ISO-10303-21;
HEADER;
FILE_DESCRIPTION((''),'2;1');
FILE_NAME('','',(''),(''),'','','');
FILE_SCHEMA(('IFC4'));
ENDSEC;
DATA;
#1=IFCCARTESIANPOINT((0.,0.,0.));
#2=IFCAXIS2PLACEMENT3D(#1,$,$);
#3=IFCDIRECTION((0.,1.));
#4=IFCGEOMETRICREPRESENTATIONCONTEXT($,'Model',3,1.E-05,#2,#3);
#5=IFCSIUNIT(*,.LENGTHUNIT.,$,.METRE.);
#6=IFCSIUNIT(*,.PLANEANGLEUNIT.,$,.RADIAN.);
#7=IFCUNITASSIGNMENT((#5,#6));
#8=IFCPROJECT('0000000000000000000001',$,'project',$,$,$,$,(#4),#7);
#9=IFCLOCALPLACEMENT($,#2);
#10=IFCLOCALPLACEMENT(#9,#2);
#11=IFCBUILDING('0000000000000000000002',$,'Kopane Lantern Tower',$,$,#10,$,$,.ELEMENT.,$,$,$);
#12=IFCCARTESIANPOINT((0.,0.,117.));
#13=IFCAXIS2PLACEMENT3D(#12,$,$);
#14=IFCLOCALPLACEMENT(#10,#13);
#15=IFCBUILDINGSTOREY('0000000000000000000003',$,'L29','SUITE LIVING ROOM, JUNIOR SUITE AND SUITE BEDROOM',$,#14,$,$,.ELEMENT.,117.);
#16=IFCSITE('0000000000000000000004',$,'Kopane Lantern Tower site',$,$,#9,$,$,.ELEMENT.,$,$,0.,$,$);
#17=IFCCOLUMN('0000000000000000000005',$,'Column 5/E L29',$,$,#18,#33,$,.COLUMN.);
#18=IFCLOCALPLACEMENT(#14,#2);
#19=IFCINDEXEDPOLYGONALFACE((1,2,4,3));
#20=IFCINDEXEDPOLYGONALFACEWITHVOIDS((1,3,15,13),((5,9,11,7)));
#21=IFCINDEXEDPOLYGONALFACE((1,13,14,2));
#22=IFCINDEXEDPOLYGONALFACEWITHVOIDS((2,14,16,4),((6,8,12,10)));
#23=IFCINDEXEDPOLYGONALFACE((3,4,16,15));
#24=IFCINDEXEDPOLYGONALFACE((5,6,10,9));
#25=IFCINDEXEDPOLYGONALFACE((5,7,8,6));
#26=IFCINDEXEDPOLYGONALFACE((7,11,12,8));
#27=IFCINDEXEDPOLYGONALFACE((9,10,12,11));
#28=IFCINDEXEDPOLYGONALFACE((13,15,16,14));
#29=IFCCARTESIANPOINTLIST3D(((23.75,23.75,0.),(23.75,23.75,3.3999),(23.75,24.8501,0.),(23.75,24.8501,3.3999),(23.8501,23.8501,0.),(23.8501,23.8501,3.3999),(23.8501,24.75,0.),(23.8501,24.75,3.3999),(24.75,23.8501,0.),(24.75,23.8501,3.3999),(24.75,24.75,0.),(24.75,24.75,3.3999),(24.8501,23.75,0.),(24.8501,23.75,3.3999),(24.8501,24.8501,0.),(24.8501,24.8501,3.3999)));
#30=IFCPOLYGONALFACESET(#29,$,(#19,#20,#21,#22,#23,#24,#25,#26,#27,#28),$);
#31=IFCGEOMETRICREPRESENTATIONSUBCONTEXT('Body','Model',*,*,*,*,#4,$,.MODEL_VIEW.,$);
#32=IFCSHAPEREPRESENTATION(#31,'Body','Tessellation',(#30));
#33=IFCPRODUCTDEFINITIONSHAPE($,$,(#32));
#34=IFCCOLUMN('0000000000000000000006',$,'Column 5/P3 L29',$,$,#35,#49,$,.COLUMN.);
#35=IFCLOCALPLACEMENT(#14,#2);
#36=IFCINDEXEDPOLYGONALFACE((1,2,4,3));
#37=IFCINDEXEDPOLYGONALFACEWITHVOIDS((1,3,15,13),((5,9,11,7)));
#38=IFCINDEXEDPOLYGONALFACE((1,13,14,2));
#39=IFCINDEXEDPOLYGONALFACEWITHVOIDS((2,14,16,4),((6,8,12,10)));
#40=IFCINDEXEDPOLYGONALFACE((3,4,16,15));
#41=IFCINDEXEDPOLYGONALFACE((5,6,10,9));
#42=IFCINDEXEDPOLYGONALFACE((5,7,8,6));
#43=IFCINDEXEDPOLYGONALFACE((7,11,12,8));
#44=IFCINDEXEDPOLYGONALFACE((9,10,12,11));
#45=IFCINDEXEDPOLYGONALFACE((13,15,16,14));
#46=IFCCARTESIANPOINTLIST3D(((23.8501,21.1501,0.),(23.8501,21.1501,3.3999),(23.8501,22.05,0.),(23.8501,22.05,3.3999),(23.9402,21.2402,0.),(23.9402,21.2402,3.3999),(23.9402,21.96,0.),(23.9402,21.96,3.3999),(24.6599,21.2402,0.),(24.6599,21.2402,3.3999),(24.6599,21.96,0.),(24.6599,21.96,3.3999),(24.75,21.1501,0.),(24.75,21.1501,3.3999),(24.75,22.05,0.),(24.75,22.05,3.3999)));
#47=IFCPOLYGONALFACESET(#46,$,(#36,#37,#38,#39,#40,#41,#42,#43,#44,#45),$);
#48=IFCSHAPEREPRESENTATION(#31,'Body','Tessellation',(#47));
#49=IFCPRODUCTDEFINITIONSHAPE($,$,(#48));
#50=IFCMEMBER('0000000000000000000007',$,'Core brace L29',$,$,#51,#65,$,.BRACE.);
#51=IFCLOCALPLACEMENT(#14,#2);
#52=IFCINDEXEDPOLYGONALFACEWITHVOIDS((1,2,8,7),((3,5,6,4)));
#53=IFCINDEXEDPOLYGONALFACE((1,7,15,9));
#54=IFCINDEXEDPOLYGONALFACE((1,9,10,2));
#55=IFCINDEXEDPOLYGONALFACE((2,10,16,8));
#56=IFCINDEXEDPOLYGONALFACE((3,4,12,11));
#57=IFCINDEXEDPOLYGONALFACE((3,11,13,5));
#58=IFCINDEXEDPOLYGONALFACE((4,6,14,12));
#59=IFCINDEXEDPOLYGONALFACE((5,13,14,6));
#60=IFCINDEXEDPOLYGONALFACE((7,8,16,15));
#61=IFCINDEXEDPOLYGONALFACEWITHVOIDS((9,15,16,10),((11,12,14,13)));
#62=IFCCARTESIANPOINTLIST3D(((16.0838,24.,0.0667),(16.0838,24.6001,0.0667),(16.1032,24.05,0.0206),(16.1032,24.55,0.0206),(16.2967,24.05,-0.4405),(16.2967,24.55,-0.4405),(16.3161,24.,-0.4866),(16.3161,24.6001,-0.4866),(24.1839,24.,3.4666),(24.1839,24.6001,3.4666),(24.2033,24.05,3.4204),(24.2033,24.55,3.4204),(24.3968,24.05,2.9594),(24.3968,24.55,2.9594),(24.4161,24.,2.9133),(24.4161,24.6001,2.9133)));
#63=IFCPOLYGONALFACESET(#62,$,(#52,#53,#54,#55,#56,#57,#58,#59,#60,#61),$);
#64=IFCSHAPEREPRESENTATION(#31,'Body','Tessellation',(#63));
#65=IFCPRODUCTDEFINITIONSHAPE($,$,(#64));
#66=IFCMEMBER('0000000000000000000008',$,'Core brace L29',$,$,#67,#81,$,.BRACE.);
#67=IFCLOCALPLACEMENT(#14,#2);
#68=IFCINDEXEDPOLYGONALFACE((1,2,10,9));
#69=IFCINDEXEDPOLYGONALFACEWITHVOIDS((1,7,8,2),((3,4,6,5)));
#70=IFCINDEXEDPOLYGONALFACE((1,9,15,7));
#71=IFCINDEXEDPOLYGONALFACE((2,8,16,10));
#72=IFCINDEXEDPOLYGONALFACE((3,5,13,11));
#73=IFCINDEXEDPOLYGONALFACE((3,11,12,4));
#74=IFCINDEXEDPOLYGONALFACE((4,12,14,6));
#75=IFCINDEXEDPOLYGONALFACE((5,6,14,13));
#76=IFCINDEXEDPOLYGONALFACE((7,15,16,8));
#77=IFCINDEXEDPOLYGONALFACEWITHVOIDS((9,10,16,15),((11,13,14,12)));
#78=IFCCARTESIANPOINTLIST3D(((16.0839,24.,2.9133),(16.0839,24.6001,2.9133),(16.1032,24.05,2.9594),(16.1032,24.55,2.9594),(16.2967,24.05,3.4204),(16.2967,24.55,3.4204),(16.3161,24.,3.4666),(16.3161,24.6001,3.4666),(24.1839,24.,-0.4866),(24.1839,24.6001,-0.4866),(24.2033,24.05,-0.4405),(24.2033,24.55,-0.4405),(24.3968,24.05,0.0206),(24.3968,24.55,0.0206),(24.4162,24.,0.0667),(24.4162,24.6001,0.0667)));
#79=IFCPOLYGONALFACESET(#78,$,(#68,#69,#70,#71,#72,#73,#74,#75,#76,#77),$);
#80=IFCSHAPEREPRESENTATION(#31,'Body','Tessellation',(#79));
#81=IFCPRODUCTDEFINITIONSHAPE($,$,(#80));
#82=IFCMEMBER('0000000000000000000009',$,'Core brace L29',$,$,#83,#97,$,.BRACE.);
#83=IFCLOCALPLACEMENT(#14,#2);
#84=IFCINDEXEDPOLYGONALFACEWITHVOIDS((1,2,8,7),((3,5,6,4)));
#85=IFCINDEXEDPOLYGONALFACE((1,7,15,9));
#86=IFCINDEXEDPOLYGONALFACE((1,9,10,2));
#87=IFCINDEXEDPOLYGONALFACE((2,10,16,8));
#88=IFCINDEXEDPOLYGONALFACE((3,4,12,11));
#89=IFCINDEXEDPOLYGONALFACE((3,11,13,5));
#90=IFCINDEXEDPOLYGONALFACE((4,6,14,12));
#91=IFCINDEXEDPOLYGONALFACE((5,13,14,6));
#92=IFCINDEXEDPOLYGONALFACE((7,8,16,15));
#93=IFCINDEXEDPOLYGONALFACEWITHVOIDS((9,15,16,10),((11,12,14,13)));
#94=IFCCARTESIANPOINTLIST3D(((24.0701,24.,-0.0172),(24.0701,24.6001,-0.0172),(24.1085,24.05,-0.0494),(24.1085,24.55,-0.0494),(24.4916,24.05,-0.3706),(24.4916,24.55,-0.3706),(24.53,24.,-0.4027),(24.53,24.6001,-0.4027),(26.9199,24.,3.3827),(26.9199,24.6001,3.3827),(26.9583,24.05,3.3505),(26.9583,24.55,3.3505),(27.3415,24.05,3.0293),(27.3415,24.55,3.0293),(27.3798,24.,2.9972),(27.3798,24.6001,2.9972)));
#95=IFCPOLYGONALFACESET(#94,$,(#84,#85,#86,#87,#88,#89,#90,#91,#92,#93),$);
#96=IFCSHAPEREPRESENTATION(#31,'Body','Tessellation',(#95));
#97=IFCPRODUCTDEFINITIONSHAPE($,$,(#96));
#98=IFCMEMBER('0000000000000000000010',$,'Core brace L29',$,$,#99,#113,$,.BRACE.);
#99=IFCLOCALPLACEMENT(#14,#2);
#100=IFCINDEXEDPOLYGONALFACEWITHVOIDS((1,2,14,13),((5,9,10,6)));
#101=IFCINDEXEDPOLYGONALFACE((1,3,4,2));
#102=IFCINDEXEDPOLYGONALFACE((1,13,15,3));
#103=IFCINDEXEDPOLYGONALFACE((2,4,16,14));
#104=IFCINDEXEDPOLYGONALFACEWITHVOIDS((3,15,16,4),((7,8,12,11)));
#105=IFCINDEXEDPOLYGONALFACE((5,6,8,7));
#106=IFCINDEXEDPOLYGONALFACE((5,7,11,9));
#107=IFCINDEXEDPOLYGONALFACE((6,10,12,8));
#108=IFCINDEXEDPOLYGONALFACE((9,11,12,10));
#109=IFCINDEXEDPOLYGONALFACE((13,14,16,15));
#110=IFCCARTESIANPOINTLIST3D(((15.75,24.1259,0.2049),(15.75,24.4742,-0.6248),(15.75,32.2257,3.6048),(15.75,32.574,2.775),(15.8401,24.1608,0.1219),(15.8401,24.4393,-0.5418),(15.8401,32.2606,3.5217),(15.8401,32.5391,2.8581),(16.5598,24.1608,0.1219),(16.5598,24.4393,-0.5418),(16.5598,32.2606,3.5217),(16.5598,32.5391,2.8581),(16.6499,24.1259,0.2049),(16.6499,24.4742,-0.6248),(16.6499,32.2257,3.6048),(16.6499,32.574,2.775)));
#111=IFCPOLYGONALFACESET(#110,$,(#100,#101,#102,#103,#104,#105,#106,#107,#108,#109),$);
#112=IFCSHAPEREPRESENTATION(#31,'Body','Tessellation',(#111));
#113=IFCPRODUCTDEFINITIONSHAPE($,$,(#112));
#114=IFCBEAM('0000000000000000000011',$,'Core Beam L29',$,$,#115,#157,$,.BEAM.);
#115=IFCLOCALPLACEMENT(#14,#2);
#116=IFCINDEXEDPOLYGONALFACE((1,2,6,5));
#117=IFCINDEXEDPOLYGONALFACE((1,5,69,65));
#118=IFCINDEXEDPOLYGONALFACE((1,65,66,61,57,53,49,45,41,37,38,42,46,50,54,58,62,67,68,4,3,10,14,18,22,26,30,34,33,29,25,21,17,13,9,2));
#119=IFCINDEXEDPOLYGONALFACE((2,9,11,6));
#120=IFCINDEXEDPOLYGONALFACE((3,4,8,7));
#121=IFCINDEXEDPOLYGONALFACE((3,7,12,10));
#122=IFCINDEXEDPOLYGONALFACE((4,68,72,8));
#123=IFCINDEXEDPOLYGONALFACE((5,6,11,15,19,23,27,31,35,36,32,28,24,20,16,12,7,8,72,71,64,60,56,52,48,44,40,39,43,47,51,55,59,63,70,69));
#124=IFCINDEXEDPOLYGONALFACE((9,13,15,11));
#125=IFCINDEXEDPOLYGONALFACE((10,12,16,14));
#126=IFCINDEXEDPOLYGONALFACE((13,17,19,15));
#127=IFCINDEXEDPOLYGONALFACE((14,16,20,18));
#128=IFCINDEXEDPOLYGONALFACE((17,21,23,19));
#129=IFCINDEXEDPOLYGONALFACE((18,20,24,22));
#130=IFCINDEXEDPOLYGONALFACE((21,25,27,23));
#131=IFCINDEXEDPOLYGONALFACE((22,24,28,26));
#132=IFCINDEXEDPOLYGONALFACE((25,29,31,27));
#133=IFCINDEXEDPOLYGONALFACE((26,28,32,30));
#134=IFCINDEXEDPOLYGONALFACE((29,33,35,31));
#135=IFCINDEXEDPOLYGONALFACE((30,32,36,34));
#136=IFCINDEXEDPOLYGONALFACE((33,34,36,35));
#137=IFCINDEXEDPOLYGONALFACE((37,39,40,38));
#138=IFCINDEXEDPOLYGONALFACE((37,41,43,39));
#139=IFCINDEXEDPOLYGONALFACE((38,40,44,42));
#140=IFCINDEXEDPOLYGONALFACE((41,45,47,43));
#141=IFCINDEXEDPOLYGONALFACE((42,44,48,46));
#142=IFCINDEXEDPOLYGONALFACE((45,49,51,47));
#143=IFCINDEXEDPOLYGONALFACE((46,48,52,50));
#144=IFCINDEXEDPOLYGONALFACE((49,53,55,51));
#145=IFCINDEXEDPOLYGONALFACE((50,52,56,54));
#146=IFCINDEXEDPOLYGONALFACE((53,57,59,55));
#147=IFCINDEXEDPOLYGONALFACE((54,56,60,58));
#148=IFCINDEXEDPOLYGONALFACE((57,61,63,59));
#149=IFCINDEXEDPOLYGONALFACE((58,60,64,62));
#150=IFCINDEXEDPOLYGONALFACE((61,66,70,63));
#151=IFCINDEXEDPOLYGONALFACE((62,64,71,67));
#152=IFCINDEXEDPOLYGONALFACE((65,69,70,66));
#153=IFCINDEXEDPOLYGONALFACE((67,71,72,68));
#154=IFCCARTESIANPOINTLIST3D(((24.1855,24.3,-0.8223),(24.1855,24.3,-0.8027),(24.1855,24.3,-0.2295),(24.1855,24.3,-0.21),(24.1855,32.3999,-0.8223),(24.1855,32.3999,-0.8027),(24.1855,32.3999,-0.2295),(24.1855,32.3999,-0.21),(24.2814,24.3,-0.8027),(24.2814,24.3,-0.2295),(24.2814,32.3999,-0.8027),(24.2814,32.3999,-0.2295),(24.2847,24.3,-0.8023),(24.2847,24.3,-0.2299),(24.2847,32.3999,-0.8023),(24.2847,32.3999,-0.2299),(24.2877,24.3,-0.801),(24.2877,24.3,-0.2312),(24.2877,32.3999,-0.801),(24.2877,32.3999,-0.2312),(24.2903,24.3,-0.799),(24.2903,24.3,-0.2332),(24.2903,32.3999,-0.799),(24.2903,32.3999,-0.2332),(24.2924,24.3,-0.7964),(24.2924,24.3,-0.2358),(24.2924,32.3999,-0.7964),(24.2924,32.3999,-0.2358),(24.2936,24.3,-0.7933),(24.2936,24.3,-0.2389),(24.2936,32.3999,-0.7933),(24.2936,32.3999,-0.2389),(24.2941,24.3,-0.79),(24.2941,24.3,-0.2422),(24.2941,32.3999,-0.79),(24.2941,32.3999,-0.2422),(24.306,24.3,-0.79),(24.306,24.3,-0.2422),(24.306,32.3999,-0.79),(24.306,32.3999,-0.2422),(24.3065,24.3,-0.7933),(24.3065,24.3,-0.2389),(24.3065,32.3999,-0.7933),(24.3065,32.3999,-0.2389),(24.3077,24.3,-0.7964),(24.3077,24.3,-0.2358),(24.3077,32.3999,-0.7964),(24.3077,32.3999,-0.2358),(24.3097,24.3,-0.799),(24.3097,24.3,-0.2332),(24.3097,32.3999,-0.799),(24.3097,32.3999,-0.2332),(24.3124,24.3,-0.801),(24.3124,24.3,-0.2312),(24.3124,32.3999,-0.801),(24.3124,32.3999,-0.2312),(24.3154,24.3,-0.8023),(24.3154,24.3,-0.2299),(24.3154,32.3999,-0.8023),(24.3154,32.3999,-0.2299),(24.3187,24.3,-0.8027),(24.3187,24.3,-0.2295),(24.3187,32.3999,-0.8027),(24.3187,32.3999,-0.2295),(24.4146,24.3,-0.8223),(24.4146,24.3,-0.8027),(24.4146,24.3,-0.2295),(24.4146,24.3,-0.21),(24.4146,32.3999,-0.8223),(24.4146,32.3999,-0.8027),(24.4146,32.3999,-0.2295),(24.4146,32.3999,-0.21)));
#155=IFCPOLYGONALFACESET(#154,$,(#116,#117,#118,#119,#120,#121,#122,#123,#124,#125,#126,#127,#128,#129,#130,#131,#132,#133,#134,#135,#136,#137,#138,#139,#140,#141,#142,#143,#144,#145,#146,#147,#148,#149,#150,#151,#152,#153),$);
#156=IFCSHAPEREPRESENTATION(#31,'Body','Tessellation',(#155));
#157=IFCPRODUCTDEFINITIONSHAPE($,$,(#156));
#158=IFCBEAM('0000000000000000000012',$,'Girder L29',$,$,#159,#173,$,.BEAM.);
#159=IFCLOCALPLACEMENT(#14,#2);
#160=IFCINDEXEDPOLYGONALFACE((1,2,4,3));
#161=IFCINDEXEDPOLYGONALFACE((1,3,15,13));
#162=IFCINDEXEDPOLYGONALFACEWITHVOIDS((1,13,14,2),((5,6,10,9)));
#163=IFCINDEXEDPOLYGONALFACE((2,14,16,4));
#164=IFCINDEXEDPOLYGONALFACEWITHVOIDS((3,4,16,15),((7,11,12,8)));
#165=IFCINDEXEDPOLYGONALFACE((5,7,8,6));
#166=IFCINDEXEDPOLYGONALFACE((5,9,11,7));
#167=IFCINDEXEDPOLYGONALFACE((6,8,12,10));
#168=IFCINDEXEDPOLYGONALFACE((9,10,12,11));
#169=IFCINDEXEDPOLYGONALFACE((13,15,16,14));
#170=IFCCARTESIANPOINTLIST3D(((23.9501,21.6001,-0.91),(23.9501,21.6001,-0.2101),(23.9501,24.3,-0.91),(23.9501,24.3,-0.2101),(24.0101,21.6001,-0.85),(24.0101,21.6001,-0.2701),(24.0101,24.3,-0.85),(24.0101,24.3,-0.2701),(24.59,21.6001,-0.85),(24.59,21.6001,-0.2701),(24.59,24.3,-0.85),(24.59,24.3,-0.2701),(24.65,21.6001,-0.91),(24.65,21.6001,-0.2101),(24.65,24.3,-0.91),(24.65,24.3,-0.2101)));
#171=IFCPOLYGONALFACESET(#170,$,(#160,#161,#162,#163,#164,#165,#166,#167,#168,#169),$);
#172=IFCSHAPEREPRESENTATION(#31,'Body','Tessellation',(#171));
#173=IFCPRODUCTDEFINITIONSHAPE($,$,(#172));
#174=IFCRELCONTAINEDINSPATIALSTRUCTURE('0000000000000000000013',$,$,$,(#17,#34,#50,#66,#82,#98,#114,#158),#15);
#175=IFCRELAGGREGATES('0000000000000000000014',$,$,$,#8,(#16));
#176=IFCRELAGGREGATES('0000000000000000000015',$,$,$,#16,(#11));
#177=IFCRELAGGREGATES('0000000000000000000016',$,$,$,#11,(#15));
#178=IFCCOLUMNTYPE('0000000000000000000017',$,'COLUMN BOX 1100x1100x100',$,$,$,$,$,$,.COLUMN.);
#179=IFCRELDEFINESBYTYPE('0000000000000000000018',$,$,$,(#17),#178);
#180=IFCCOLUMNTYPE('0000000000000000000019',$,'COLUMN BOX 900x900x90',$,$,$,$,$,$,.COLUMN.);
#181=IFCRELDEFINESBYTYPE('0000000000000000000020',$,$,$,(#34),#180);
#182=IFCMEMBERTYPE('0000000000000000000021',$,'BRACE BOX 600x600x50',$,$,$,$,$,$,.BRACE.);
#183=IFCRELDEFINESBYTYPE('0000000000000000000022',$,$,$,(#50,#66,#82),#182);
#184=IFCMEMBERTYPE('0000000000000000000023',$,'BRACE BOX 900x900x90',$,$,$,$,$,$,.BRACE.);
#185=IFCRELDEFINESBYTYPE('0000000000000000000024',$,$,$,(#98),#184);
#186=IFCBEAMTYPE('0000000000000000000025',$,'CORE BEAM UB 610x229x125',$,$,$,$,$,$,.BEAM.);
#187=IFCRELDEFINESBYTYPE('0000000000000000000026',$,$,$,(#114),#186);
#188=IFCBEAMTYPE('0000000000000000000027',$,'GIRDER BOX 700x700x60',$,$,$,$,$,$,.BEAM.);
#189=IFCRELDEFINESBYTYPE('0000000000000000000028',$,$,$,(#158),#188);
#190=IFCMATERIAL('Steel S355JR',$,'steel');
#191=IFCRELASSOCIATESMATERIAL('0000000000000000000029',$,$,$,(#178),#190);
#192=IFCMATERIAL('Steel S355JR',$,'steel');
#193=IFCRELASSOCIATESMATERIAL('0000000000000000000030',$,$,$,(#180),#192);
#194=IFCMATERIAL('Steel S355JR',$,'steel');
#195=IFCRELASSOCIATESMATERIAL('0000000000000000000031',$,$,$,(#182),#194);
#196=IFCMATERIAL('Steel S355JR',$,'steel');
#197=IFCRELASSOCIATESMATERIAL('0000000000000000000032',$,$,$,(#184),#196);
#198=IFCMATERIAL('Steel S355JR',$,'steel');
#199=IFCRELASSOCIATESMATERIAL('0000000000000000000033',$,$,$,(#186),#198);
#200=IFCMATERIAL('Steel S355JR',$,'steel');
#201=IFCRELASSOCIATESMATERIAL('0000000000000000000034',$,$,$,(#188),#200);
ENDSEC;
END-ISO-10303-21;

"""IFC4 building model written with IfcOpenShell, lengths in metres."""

from ifc_helpers import new_model, si_unit, direction, frame, origin, origin_2d, place, context, subcontext, project, spatial, hollow_rectangle, i_section, extrude, material, material_profile, profile_set, type_object, element, save


model = new_model("IFC4")

# Units and contexts
model_context = context("Model", 3, precision=1e-05, world=origin(), true_north=direction((0.0, 1.0)))
body_context = subcontext(model_context, "Body", "Model", "MODEL_VIEW")
ifc_project = project(units=[si_unit("LENGTHUNIT", "METRE"), si_unit("PLANEANGLEUNIT", "RADIAN")], contexts=[model_context])

# Site, building, storey
site_placement = place(None, origin())
site = spatial("IfcSite", under=ifc_project, at=site_placement, Name="Kopane Lantern Tower site", CompositionType="ELEMENT", RefElevation=0.0)
building_placement = place(site_placement, origin())
building = spatial("IfcBuilding", under=site, at=building_placement, Name="Kopane Lantern Tower", CompositionType="ELEMENT")
storey_placement = place(building_placement, frame((0.0, 0.0, 117.0)))
storey = spatial("IfcBuildingStorey", under=building, at=storey_placement, Name="L29", Description="SUITE LIVING ROOM, JUNIOR SUITE AND SUITE BEDROOM", CompositionType="ELEMENT", Elevation=117.0)

# Columns
ifc_material_1 = material(Name="Steel S355JR", Category="steel")
ifc_material_profile_1 = material_profile(ifc_material_1, hollow_rectangle(XDim=1.1001, YDim=1.1001, WallThickness=0.1001, at=origin_2d()), Name="BOX 1100x1100x100")
ifc_profile_set_1 = profile_set([ifc_material_profile_1], Name="Steel S355JR")
column_type_1 = type_object("IfcColumnType", Name="COLUMN BOX 1100x1100x100", PredefinedType="COLUMN", material=ifc_profile_set_1)
column_1_placement = place(storey_placement, frame((24.3, 24.3, 0.0), z_axis=(0.0, 0.0, 1.0), x_axis=(1.0, 0.0, 0.0)))
element("IfcColumn", 1, at=column_1_placement, inside=storey, type_object=column_type_1, Name="Column 5/E L29", PredefinedType="COLUMN", context=body_context, shape_type="SweptSolid", body=[
    extrude(hollow_rectangle(XDim=1.1001, YDim=1.1001, WallThickness=0.1001, at=origin_2d()), origin(), (0.0, 0.0, 1.0), 3.3999),
])
ifc_material_2 = material(Name="Steel S355JR", Category="steel")
ifc_material_profile_2 = material_profile(ifc_material_2, hollow_rectangle(XDim=0.8999, YDim=0.8999, WallThickness=0.0901, at=origin_2d()), Name="BOX 900x900x90")
ifc_profile_set_2 = profile_set([ifc_material_profile_2], Name="Steel S355JR")
column_type_2 = type_object("IfcColumnType", Name="COLUMN BOX 900x900x90", PredefinedType="COLUMN", material=ifc_profile_set_2)
column_2_placement = place(storey_placement, frame((24.3, 21.6001, 0.0), z_axis=(0.0, 0.0, 1.0), x_axis=(1.0, 0.0, 0.0)))
element("IfcColumn", 2, at=column_2_placement, inside=storey, type_object=column_type_2, Name="Column 5/P3 L29", PredefinedType="COLUMN", context=body_context, shape_type="SweptSolid", body=[
    extrude(hollow_rectangle(XDim=0.8999, YDim=0.8999, WallThickness=0.0901, at=origin_2d()), origin(), (0.0, 0.0, 1.0), 3.3999),
])

# Members
ifc_material_3 = material(Name="Steel S355JR", Category="steel")
ifc_material_profile_3 = material_profile(ifc_material_3, hollow_rectangle(XDim=0.6001, YDim=0.6001, WallThickness=0.05, at=origin_2d()), Name="BOX 600x600x50")
ifc_profile_set_3 = profile_set([ifc_material_profile_3], Name="Steel S355JR")
member_type_1 = type_object("IfcMemberType", Name="BRACE BOX 600x600x50", PredefinedType="BRACE", material=ifc_profile_set_3)
for number, where, z_axis, x_axis, name in (
    (3, (16.2, 24.3, -0.21), (0.922069, 0.0, 0.387026), (0.0, 1.0, 0.0), "Core brace L29"),
    (4, (24.3, 24.3, -0.21), (-0.922069, 0.0, 0.387026), (0.0, -1.0, 0.0), "Core brace L29"),
):
    element("IfcMember", number, at=place(storey_placement, frame(where, z_axis=z_axis, x_axis=x_axis)), inside=storey, type_object=member_type_1, Name=name, PredefinedType="BRACE", context=body_context, shape_type="SweptSolid", body=[
        extrude(hollow_rectangle(XDim=0.6001, YDim=0.6001, WallThickness=0.05, at=origin_2d()), origin(), (0.0, 0.0, 1.0), 8.7847),
    ])
member_1_placement = place(storey_placement, frame((24.3, 24.3, -0.21), z_axis=(0.64239, 0.0, 0.766378), x_axis=(0.0, 1.0, 0.0)))
element("IfcMember", 5, at=member_1_placement, inside=storey, type_object=member_type_1, Name="Core brace L29", PredefinedType="BRACE", context=body_context, shape_type="SweptSolid", body=[
    extrude(hollow_rectangle(XDim=0.6001, YDim=0.6001, WallThickness=0.05, at=origin_2d()), origin(), (0.0, 0.0, 1.0), 4.4363),
])
ifc_material_4 = material(Name="Steel S355JR", Category="steel")
ifc_material_profile_4 = material_profile(ifc_material_4, hollow_rectangle(XDim=0.8999, YDim=0.8999, WallThickness=0.0901, at=origin_2d()), Name="BOX 900x900x90")
ifc_profile_set_4 = profile_set([ifc_material_profile_4], Name="Steel S355JR")
member_type_2 = type_object("IfcMemberType", Name="BRACE BOX 900x900x90", PredefinedType="BRACE", material=ifc_profile_set_4)
member_2_placement = place(storey_placement, frame((16.2, 24.3, -0.21), z_axis=(0.0, 0.922065, 0.387035), x_axis=(-1.0, 0.0, 0.0)))
element("IfcMember", 6, at=member_2_placement, inside=storey, type_object=member_type_2, Name="Core brace L29", PredefinedType="BRACE", context=body_context, shape_type="SweptSolid", body=[
    extrude(hollow_rectangle(XDim=0.8999, YDim=0.8999, WallThickness=0.0901, at=origin_2d()), origin(), (0.0, 0.0, 1.0), 8.7844),
])

# Beams
ifc_material_5 = material(Name="Steel S355JR", Category="steel")
ifc_material_profile_5 = material_profile(ifc_material_5, i_section(OverallWidth=0.229, OverallDepth=0.6123, WebThickness=0.012, FlangeThickness=0.0195, FilletRadius=0.0127, at=origin_2d()), Name="UB 610x229x125")
ifc_profile_set_5 = profile_set([ifc_material_profile_5], Name="Steel S355JR")
beam_type_1 = type_object("IfcBeamType", Name="CORE BEAM UB 610x229x125", PredefinedType="BEAM", material=ifc_profile_set_5)
beam_1_placement = place(storey_placement, frame((24.3, 24.3, -0.5161), z_axis=(0.0, 1.0, 0.0), x_axis=(-1.0, 0.0, 0.0)))
element("IfcBeam", 7, at=beam_1_placement, inside=storey, type_object=beam_type_1, Name="Core Beam L29", PredefinedType="BEAM", context=body_context, shape_type="SweptSolid", body=[
    extrude(i_section(OverallWidth=0.229, OverallDepth=0.6123, WebThickness=0.012, FlangeThickness=0.0195, FilletRadius=0.0127, at=origin_2d()), origin(), (0.0, 0.0, 1.0), 8.0999),
])
ifc_material_6 = material(Name="Steel S355JR", Category="steel")
ifc_material_profile_6 = material_profile(ifc_material_6, hollow_rectangle(XDim=0.7, YDim=0.7, WallThickness=0.0601, at=origin_2d()), Name="BOX 700x700x60")
ifc_profile_set_6 = profile_set([ifc_material_profile_6], Name="Steel S355JR")
beam_type_2 = type_object("IfcBeamType", Name="GIRDER BOX 700x700x60", PredefinedType="BEAM", material=ifc_profile_set_6)
beam_2_placement = place(storey_placement, frame((24.3, 21.6001, -0.5601), z_axis=(0.0, 1.0, 0.0), x_axis=(-1.0, 0.0, 0.0)))
element("IfcBeam", 8, at=beam_2_placement, inside=storey, type_object=beam_type_2, Name="Girder L29", PredefinedType="BEAM", context=body_context, shape_type="SweptSolid", body=[
    extrude(hollow_rectangle(XDim=0.7, YDim=0.7, WallThickness=0.0601, at=origin_2d()), origin(), (0.0, 0.0, 1.0), 2.7),
])

save(model, "model.ifc")
